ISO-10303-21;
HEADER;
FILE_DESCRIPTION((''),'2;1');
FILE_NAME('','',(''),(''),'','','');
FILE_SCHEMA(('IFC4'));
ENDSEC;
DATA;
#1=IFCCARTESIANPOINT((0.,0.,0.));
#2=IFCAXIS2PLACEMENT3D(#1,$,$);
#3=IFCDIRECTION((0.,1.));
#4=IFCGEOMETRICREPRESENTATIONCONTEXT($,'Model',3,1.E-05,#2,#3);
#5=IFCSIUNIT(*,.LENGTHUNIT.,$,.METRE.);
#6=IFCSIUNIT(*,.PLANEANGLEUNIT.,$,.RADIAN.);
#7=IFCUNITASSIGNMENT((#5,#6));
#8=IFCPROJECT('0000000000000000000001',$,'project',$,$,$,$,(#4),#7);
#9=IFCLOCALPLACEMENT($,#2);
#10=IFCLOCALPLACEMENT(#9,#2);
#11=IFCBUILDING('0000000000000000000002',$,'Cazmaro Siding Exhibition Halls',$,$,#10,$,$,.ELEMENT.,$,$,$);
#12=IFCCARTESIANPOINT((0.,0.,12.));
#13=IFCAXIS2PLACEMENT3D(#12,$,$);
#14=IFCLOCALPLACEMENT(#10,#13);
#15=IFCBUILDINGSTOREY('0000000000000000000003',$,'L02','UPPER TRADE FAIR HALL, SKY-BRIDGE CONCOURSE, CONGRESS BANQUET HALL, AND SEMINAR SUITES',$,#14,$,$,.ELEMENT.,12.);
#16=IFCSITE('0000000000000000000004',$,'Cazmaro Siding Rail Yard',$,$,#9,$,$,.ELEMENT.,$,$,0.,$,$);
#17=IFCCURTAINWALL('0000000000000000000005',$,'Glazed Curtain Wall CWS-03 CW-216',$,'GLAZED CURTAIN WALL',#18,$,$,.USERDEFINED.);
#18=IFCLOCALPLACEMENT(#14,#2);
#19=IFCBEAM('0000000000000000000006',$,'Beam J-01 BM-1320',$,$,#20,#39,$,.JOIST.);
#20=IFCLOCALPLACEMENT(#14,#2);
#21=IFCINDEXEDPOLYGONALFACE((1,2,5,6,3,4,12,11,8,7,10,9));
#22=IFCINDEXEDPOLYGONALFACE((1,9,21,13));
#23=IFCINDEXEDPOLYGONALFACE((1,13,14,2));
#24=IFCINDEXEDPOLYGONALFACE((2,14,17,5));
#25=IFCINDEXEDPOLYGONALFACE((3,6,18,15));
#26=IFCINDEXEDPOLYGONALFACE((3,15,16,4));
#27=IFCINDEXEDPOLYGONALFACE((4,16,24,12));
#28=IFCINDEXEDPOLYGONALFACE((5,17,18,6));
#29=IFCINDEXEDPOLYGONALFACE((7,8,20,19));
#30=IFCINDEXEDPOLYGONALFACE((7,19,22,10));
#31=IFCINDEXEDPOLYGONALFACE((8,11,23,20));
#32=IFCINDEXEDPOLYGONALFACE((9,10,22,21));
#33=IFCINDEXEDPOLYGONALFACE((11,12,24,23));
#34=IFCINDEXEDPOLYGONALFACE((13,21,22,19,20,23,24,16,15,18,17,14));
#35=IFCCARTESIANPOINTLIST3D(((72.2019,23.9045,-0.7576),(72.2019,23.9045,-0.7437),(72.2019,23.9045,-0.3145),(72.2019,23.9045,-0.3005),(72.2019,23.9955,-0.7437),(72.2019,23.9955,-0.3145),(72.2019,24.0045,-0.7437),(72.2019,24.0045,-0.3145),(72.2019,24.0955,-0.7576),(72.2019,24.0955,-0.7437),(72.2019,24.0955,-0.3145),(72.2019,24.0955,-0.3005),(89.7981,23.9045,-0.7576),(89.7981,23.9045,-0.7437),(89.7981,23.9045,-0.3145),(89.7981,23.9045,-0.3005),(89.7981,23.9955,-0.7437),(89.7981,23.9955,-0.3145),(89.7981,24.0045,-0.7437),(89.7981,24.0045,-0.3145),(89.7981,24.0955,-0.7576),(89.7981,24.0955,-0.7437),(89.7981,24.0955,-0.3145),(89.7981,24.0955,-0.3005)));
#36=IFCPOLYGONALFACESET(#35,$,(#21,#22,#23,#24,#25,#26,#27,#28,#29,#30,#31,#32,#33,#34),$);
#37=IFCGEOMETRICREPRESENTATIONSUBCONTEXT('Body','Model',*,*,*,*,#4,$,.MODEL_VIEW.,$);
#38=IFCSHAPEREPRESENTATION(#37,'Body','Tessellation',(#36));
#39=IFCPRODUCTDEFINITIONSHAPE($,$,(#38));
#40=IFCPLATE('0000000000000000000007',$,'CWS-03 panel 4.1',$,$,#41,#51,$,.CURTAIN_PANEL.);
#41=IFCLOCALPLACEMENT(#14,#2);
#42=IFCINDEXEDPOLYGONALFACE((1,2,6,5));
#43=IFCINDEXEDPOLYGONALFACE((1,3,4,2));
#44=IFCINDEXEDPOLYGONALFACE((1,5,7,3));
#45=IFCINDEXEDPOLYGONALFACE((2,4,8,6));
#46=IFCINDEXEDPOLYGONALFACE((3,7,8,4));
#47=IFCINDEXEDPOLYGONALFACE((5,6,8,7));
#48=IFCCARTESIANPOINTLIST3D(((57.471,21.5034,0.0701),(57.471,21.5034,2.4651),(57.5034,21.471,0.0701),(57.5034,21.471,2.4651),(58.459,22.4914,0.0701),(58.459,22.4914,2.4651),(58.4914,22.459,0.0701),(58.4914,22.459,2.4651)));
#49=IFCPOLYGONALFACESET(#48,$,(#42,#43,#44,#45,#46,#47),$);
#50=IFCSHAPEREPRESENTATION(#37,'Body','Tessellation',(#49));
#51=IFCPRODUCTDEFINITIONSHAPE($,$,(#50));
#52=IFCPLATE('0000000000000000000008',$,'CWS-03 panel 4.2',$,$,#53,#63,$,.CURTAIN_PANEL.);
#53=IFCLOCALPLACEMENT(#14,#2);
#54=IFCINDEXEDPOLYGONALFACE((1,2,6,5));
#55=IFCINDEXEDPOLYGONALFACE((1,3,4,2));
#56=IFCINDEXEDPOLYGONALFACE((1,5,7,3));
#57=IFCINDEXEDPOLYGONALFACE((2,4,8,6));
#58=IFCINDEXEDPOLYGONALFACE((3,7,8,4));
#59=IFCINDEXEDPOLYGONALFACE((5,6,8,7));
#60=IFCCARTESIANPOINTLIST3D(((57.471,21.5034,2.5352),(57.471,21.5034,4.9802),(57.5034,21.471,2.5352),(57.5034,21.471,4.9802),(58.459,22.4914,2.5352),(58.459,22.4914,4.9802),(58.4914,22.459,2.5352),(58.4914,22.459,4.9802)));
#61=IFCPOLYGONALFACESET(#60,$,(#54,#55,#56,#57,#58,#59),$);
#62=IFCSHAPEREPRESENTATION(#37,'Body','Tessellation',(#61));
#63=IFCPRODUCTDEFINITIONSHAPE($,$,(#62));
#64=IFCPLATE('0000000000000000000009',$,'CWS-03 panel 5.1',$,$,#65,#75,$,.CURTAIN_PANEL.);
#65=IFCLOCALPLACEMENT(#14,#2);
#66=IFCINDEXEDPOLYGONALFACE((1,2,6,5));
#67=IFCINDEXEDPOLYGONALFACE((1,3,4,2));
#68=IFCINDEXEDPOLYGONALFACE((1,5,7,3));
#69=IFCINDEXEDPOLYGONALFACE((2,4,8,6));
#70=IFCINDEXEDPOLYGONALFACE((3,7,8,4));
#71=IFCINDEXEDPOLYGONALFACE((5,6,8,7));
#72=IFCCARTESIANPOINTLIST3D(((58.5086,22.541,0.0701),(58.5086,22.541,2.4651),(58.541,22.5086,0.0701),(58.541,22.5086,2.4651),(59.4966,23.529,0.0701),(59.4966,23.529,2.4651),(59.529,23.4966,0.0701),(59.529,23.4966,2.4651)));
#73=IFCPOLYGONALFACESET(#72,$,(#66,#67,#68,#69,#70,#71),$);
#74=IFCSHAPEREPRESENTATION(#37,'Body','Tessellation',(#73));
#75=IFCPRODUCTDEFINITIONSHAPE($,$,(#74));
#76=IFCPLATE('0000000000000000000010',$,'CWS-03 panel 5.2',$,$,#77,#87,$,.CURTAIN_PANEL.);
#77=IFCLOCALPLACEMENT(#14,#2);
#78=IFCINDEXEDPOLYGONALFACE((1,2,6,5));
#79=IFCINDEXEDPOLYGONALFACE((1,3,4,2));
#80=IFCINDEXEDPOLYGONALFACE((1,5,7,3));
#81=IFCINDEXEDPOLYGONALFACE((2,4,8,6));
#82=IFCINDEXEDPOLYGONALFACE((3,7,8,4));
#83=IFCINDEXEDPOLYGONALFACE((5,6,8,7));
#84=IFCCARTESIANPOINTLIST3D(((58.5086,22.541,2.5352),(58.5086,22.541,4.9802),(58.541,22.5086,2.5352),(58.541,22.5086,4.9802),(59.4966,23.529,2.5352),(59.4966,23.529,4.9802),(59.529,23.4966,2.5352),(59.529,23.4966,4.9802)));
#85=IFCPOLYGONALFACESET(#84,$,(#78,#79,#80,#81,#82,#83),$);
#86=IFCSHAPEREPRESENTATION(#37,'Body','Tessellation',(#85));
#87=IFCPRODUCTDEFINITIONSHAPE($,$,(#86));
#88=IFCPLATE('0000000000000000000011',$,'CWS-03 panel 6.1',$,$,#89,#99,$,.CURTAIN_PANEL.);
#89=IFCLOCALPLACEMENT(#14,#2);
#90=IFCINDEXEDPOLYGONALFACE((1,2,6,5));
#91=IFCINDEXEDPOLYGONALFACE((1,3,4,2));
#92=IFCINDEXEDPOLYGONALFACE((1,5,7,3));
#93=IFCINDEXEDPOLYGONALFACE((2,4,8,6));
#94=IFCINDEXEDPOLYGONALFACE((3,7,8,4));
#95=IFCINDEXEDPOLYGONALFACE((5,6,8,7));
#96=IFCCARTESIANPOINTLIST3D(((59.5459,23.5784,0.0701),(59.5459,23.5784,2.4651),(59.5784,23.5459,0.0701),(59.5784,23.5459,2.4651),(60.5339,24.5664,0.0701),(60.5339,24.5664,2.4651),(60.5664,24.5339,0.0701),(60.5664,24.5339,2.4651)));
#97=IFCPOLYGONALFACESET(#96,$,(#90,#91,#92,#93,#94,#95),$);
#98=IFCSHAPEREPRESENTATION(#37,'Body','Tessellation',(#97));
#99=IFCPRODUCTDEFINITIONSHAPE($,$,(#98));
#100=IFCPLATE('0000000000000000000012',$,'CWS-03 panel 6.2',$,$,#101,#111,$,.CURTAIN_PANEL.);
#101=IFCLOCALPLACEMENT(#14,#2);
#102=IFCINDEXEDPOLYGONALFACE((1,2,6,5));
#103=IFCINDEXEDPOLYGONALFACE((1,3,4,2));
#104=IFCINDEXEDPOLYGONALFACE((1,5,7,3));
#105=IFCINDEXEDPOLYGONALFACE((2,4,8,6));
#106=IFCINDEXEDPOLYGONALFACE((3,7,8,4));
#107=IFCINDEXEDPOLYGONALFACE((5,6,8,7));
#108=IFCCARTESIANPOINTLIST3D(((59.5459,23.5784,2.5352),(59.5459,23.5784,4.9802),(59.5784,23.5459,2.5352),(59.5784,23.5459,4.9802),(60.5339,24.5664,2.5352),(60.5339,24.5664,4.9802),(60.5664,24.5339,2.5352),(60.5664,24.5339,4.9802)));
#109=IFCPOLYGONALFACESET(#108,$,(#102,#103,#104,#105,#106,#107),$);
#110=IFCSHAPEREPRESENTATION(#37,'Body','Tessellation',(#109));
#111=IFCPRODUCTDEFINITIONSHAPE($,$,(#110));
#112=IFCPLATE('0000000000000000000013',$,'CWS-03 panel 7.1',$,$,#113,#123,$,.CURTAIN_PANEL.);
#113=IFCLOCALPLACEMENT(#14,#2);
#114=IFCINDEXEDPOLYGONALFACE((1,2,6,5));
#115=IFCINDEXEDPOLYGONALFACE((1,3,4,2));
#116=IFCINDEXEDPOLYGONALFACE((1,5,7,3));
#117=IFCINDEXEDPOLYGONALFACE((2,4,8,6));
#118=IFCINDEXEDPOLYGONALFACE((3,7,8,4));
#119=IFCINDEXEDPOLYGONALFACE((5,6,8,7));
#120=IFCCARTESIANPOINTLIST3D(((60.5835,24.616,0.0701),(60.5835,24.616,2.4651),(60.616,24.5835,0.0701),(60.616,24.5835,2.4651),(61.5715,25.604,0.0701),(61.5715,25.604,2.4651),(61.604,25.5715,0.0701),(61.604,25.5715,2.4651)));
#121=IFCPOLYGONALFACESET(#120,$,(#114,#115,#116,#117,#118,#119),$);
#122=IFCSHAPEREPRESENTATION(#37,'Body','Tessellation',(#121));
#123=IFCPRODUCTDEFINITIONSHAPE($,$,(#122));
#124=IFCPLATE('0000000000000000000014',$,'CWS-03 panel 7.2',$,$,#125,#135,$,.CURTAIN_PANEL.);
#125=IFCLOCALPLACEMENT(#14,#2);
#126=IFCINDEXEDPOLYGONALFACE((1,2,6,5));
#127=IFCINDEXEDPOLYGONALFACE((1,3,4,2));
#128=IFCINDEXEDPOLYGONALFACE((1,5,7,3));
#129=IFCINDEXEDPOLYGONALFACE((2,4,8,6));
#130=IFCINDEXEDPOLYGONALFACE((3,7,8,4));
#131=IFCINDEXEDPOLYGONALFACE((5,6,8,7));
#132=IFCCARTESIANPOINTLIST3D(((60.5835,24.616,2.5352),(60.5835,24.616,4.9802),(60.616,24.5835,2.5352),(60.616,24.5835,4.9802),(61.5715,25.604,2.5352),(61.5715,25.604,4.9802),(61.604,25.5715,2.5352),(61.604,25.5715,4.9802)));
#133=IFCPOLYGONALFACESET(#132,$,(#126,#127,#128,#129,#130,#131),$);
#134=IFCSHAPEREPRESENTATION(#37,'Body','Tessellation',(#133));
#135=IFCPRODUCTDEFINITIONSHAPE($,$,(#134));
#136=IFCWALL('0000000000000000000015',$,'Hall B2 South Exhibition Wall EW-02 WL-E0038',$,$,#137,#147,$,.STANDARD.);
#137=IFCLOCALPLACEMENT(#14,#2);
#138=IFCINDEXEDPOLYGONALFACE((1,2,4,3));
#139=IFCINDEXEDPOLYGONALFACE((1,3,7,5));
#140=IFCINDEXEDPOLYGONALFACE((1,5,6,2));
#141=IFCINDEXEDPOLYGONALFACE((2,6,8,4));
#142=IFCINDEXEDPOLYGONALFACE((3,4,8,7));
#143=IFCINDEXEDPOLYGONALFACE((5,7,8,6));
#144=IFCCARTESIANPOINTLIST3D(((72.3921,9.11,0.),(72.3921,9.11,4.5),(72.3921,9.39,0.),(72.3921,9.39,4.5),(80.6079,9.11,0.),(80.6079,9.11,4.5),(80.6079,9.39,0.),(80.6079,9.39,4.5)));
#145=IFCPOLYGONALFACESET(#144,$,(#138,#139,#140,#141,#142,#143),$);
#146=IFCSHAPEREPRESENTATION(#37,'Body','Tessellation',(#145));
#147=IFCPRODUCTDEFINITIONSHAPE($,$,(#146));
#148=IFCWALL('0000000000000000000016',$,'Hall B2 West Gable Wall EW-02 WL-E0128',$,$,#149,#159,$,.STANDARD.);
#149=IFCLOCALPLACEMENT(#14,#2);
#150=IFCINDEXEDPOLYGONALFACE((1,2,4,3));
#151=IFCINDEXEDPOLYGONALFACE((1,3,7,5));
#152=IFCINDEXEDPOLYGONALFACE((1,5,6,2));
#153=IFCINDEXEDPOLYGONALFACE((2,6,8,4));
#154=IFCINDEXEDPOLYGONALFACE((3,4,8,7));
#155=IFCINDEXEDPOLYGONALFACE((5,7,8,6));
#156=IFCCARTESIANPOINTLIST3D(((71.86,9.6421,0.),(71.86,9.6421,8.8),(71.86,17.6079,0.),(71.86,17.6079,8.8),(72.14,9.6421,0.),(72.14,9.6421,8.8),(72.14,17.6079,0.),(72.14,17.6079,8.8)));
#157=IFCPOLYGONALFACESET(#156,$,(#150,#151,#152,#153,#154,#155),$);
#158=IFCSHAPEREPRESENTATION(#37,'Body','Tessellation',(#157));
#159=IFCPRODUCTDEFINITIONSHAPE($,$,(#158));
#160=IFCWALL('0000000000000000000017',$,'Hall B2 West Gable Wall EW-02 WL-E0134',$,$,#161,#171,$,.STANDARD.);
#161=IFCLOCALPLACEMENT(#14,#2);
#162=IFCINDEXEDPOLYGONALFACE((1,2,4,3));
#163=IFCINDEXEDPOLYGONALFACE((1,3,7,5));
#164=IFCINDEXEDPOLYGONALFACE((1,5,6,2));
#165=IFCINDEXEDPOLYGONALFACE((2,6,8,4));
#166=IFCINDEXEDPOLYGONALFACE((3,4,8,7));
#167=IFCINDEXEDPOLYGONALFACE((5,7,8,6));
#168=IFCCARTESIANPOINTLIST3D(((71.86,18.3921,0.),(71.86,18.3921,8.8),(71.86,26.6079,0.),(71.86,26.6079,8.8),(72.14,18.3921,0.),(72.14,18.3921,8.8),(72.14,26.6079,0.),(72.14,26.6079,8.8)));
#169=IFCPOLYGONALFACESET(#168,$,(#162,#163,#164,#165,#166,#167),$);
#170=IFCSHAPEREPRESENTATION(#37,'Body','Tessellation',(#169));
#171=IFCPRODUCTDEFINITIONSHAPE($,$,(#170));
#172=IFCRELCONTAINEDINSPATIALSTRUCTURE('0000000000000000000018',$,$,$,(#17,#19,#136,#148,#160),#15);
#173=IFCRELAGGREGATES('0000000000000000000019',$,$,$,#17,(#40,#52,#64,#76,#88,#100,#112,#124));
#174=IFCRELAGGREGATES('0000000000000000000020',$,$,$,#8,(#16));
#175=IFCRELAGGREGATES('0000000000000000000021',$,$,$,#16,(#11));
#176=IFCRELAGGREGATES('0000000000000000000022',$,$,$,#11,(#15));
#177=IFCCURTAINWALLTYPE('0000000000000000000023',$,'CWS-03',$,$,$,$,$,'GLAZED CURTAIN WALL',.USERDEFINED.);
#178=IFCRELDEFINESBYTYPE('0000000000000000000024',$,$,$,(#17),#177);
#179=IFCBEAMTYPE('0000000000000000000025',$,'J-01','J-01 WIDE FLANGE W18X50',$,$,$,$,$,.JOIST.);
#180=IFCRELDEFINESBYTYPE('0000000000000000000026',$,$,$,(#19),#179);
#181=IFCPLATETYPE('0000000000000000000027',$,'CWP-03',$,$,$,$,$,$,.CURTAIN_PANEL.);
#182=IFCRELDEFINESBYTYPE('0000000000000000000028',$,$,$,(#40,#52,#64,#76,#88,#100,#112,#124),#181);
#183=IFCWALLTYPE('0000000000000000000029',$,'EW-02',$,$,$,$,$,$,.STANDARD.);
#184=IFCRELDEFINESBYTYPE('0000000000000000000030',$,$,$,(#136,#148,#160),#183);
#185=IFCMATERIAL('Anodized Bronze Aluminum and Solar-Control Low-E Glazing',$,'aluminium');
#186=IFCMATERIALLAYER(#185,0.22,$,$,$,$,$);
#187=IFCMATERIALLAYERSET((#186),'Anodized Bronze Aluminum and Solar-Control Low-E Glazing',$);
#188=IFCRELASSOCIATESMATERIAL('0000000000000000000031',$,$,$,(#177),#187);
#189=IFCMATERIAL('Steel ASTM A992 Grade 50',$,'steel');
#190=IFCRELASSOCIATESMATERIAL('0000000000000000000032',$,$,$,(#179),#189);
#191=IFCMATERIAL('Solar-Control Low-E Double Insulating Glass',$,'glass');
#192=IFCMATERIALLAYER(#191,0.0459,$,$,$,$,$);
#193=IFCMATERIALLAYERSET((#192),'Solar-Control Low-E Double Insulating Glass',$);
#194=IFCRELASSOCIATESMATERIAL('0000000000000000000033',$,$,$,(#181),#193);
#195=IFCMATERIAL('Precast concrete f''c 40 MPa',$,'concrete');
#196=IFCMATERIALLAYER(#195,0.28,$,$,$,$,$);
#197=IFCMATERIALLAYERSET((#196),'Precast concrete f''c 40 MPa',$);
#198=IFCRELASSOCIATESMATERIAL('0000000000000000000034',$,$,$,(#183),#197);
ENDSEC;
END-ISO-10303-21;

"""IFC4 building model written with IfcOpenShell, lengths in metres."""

from ifc_helpers import new_model, si_unit, direction, frame, frame_2d, origin, origin_2d, place, context, subcontext, project, spatial, rectangle, i_section, extrude, material, layer, layer_set, material_profile, profile_set, type_object, element, aggregate, save


model = new_model("IFC4")

# Units and contexts
model_context = context("Model", 3, precision=1e-05, world=origin(), true_north=direction((0.0, 1.0)))
body_context = subcontext(model_context, "Body", "Model", "MODEL_VIEW")
ifc_project = project(units=[si_unit("LENGTHUNIT", "METRE"), si_unit("PLANEANGLEUNIT", "RADIAN")], contexts=[model_context])

# Site, building, storey
site_placement = place(None, origin())
site = spatial("IfcSite", under=ifc_project, at=site_placement, Name="Cazmaro Siding Rail Yard", CompositionType="ELEMENT", RefElevation=0.0)
building_placement = place(site_placement, origin())
building = spatial("IfcBuilding", under=site, at=building_placement, Name="Cazmaro Siding Exhibition Halls", CompositionType="ELEMENT")
storey_placement = place(building_placement, frame((0.0, 0.0, 12.0)))
storey = spatial("IfcBuildingStorey", under=building, at=storey_placement, Name="L02", Description="UPPER TRADE FAIR HALL, SKY-BRIDGE CONCOURSE, CONGRESS BANQUET HALL, AND SEMINAR SUITES", CompositionType="ELEMENT", Elevation=12.0)

# Curtain wall
ifc_material_1 = material(Name="Anodized Bronze Aluminum and Solar-Control Low-E Glazing", Category="aluminium")
ifc_layer_1 = layer(ifc_material_1, 0.22)
ifc_layer_set_1 = layer_set([ifc_layer_1], Name="Anodized Bronze Aluminum and Solar-Control Low-E Glazing")
curtain_wall_type = type_object("IfcCurtainWallType", Name="CWS-03", ElementType="GLAZED CURTAIN WALL", PredefinedType="USERDEFINED", material=ifc_layer_set_1)
curtain_wall_placement = place(storey_placement, origin())
curtain_wall = element("IfcCurtainWall", 1, at=curtain_wall_placement, inside=storey, type_object=curtain_wall_type, Name="Glazed Curtain Wall CWS-03 CW-216", ObjectType="GLAZED CURTAIN WALL", PredefinedType="USERDEFINED")

# Beam
ifc_material_2 = material(Name="Steel ASTM A992 Grade 50", Category="steel")
ifc_material_profile_1 = material_profile(ifc_material_2, i_section(OverallWidth=0.1909, OverallDepth=0.457, WebThickness=0.009, FlangeThickness=0.0139, at=origin_2d()), Name="W18X50")
ifc_profile_set_1 = profile_set([ifc_material_profile_1], Name="Steel ASTM A992 Grade 50")
beam_type_1 = type_object("IfcBeamType", Name="J-01", Description="J-01 WIDE FLANGE W18X50", PredefinedType="JOIST", material=ifc_profile_set_1)
for number, where, z_axis, x_axis, name in (
    (2, (72.2019, 24.0, -0.5291), (1.0, 0.0, 0.0), (0.0, 1.0, 0.0), "Beam J-01 BM-1320"),
):
    element("IfcBeam", number, at=place(storey_placement, frame(where, z_axis=z_axis, x_axis=x_axis)), inside=storey, type_object=beam_type_1, Name=name, PredefinedType="JOIST", context=body_context, shape_type="SweptSolid", body=[
        extrude(i_section(OverallWidth=0.1909, OverallDepth=0.457, WebThickness=0.009, FlangeThickness=0.0139, at=origin_2d()), origin(), (0.0, 0.0, 1.0), 17.5962),
    ])

# Plates
ifc_material_3 = material(Name="Solar-Control Low-E Double Insulating Glass", Category="glass")
ifc_layer_2 = layer(ifc_material_3, 0.0459)
ifc_layer_set_2 = layer_set([ifc_layer_2], Name="Solar-Control Low-E Double Insulating Glass")
plate_type = type_object("IfcPlateType", Name="CWP-03", PredefinedType="CURTAIN_PANEL", material=ifc_layer_set_2)
plate_1_placement = place(storey_placement, frame((57.9812, 21.9812, 0.0701), z_axis=(0.0, 0.0, 1.0), x_axis=(0.707107, 0.707107, 0.0)))
plate_1 = element("IfcPlate", 3, at=plate_1_placement, type_object=plate_type, Name="CWS-03 panel 4.1", PredefinedType="CURTAIN_PANEL", context=body_context, shape_type="SweptSolid", body=[
    extrude(rectangle(XDim=1.3972, YDim=0.0459, at=origin_2d()), origin(), (0.0, 0.0, 1.0), 2.395),
])
plate_2_placement = place(storey_placement, frame((57.9812, 21.9812, 2.5352), z_axis=(0.0, 0.0, 1.0), x_axis=(0.707107, 0.707107, 0.0)))
plate_2 = element("IfcPlate", 4, at=plate_2_placement, type_object=plate_type, Name="CWS-03 panel 4.2", PredefinedType="CURTAIN_PANEL", context=body_context, shape_type="SweptSolid", body=[
    extrude(rectangle(XDim=1.3972, YDim=0.0459, at=origin_2d()), origin(), (0.0, 0.0, 1.0), 2.4451),
])
plate_3_placement = place(storey_placement, frame((59.0188, 23.0188, 0.0701), z_axis=(0.0, 0.0, 1.0), x_axis=(0.707107, 0.707107, 0.0)))
plate_3 = element("IfcPlate", 5, at=plate_3_placement, type_object=plate_type, Name="CWS-03 panel 5.1", PredefinedType="CURTAIN_PANEL", context=body_context, shape_type="SweptSolid", body=[
    extrude(rectangle(XDim=1.3972, YDim=0.0459, at=origin_2d()), origin(), (0.0, 0.0, 1.0), 2.395),
])
plate_4_placement = place(storey_placement, frame((59.0188, 23.0188, 2.5352), z_axis=(0.0, 0.0, 1.0), x_axis=(0.707107, 0.707107, 0.0)))
plate_4 = element("IfcPlate", 6, at=plate_4_placement, type_object=plate_type, Name="CWS-03 panel 5.2", PredefinedType="CURTAIN_PANEL", context=body_context, shape_type="SweptSolid", body=[
    extrude(rectangle(XDim=1.3972, YDim=0.0459, at=origin_2d()), origin(), (0.0, 0.0, 1.0), 2.4451),
])
plate_5_placement = place(storey_placement, frame((60.0562, 24.0562, 0.0701), z_axis=(0.0, 0.0, 1.0), x_axis=(0.707107, 0.707107, 0.0)))
plate_5 = element("IfcPlate", 7, at=plate_5_placement, type_object=plate_type, Name="CWS-03 panel 6.1", PredefinedType="CURTAIN_PANEL", context=body_context, shape_type="SweptSolid", body=[
    extrude(rectangle(XDim=1.3972, YDim=0.0459, at=origin_2d()), origin(), (0.0, 0.0, 1.0), 2.395),
])
plate_6_placement = place(storey_placement, frame((60.0562, 24.0562, 2.5352), z_axis=(0.0, 0.0, 1.0), x_axis=(0.707107, 0.707107, 0.0)))
plate_6 = element("IfcPlate", 8, at=plate_6_placement, type_object=plate_type, Name="CWS-03 panel 6.2", PredefinedType="CURTAIN_PANEL", context=body_context, shape_type="SweptSolid", body=[
    extrude(rectangle(XDim=1.3972, YDim=0.0459, at=origin_2d()), origin(), (0.0, 0.0, 1.0), 2.4451),
])
plate_7_placement = place(storey_placement, frame((61.0938, 25.0938, 0.0701), z_axis=(0.0, 0.0, 1.0), x_axis=(0.707107, 0.707107, 0.0)))
plate_7 = element("IfcPlate", 9, at=plate_7_placement, type_object=plate_type, Name="CWS-03 panel 7.1", PredefinedType="CURTAIN_PANEL", context=body_context, shape_type="SweptSolid", body=[
    extrude(rectangle(XDim=1.3972, YDim=0.0459, at=origin_2d()), origin(), (0.0, 0.0, 1.0), 2.395),
])
plate_8_placement = place(storey_placement, frame((61.0938, 25.0938, 2.5352), z_axis=(0.0, 0.0, 1.0), x_axis=(0.707107, 0.707107, 0.0)))
plate_8 = element("IfcPlate", 10, at=plate_8_placement, type_object=plate_type, Name="CWS-03 panel 7.2", PredefinedType="CURTAIN_PANEL", context=body_context, shape_type="SweptSolid", body=[
    extrude(rectangle(XDim=1.3972, YDim=0.0459, at=origin_2d()), origin(), (0.0, 0.0, 1.0), 2.4451),
])
aggregate(curtain_wall, [plate_1, plate_2, plate_3, plate_4, plate_5, plate_6, plate_7, plate_8])

# Walls
ifc_material_4 = material(Name="Precast concrete f'c 40 MPa", Category="concrete")
ifc_layer_3 = layer(ifc_material_4, 0.28)
ifc_layer_set_3 = layer_set([ifc_layer_3], Name="Precast concrete f'c 40 MPa")
wall_type = type_object("IfcWallType", Name="EW-02", PredefinedType="STANDARD", material=ifc_layer_set_3)
wall_1_placement = place(storey_placement, frame((80.6079, 9.25, 0.0), z_axis=(0.0, 0.0, 1.0), x_axis=(-1.0, 0.0, 0.0)))
element("IfcWall", 11, at=wall_1_placement, inside=storey, type_object=wall_type, Name="Hall B2 South Exhibition Wall EW-02 WL-E0038", PredefinedType="STANDARD", context=body_context, shape_type="SweptSolid", body=[
    extrude(rectangle(XDim=8.2158, YDim=0.28, at=frame_2d((4.1079, 0.0))), origin(), (0.0, 0.0, 1.0), 4.5),
])
wall_2_placement = place(storey_placement, frame((72.0, 9.6421, 0.0), z_axis=(0.0, 0.0, 1.0), x_axis=(0.0, 1.0, 0.0)))
element("IfcWall", 12, at=wall_2_placement, inside=storey, type_object=wall_type, Name="Hall B2 West Gable Wall EW-02 WL-E0128", PredefinedType="STANDARD", context=body_context, shape_type="SweptSolid", body=[
    extrude(rectangle(XDim=7.9658, YDim=0.28, at=frame_2d((3.9829, 0.0))), origin(), (0.0, 0.0, 1.0), 8.8),
])
wall_3_placement = place(storey_placement, frame((72.0, 18.3921, 0.0), z_axis=(0.0, 0.0, 1.0), x_axis=(0.0, 1.0, 0.0)))
element("IfcWall", 13, at=wall_3_placement, inside=storey, type_object=wall_type, Name="Hall B2 West Gable Wall EW-02 WL-E0134", PredefinedType="STANDARD", context=body_context, shape_type="SweptSolid", body=[
    extrude(rectangle(XDim=8.2158, YDim=0.28, at=frame_2d((4.1079, 0.0))), origin(), (0.0, 0.0, 1.0), 8.8),
])

save(model, "model.ifc")
